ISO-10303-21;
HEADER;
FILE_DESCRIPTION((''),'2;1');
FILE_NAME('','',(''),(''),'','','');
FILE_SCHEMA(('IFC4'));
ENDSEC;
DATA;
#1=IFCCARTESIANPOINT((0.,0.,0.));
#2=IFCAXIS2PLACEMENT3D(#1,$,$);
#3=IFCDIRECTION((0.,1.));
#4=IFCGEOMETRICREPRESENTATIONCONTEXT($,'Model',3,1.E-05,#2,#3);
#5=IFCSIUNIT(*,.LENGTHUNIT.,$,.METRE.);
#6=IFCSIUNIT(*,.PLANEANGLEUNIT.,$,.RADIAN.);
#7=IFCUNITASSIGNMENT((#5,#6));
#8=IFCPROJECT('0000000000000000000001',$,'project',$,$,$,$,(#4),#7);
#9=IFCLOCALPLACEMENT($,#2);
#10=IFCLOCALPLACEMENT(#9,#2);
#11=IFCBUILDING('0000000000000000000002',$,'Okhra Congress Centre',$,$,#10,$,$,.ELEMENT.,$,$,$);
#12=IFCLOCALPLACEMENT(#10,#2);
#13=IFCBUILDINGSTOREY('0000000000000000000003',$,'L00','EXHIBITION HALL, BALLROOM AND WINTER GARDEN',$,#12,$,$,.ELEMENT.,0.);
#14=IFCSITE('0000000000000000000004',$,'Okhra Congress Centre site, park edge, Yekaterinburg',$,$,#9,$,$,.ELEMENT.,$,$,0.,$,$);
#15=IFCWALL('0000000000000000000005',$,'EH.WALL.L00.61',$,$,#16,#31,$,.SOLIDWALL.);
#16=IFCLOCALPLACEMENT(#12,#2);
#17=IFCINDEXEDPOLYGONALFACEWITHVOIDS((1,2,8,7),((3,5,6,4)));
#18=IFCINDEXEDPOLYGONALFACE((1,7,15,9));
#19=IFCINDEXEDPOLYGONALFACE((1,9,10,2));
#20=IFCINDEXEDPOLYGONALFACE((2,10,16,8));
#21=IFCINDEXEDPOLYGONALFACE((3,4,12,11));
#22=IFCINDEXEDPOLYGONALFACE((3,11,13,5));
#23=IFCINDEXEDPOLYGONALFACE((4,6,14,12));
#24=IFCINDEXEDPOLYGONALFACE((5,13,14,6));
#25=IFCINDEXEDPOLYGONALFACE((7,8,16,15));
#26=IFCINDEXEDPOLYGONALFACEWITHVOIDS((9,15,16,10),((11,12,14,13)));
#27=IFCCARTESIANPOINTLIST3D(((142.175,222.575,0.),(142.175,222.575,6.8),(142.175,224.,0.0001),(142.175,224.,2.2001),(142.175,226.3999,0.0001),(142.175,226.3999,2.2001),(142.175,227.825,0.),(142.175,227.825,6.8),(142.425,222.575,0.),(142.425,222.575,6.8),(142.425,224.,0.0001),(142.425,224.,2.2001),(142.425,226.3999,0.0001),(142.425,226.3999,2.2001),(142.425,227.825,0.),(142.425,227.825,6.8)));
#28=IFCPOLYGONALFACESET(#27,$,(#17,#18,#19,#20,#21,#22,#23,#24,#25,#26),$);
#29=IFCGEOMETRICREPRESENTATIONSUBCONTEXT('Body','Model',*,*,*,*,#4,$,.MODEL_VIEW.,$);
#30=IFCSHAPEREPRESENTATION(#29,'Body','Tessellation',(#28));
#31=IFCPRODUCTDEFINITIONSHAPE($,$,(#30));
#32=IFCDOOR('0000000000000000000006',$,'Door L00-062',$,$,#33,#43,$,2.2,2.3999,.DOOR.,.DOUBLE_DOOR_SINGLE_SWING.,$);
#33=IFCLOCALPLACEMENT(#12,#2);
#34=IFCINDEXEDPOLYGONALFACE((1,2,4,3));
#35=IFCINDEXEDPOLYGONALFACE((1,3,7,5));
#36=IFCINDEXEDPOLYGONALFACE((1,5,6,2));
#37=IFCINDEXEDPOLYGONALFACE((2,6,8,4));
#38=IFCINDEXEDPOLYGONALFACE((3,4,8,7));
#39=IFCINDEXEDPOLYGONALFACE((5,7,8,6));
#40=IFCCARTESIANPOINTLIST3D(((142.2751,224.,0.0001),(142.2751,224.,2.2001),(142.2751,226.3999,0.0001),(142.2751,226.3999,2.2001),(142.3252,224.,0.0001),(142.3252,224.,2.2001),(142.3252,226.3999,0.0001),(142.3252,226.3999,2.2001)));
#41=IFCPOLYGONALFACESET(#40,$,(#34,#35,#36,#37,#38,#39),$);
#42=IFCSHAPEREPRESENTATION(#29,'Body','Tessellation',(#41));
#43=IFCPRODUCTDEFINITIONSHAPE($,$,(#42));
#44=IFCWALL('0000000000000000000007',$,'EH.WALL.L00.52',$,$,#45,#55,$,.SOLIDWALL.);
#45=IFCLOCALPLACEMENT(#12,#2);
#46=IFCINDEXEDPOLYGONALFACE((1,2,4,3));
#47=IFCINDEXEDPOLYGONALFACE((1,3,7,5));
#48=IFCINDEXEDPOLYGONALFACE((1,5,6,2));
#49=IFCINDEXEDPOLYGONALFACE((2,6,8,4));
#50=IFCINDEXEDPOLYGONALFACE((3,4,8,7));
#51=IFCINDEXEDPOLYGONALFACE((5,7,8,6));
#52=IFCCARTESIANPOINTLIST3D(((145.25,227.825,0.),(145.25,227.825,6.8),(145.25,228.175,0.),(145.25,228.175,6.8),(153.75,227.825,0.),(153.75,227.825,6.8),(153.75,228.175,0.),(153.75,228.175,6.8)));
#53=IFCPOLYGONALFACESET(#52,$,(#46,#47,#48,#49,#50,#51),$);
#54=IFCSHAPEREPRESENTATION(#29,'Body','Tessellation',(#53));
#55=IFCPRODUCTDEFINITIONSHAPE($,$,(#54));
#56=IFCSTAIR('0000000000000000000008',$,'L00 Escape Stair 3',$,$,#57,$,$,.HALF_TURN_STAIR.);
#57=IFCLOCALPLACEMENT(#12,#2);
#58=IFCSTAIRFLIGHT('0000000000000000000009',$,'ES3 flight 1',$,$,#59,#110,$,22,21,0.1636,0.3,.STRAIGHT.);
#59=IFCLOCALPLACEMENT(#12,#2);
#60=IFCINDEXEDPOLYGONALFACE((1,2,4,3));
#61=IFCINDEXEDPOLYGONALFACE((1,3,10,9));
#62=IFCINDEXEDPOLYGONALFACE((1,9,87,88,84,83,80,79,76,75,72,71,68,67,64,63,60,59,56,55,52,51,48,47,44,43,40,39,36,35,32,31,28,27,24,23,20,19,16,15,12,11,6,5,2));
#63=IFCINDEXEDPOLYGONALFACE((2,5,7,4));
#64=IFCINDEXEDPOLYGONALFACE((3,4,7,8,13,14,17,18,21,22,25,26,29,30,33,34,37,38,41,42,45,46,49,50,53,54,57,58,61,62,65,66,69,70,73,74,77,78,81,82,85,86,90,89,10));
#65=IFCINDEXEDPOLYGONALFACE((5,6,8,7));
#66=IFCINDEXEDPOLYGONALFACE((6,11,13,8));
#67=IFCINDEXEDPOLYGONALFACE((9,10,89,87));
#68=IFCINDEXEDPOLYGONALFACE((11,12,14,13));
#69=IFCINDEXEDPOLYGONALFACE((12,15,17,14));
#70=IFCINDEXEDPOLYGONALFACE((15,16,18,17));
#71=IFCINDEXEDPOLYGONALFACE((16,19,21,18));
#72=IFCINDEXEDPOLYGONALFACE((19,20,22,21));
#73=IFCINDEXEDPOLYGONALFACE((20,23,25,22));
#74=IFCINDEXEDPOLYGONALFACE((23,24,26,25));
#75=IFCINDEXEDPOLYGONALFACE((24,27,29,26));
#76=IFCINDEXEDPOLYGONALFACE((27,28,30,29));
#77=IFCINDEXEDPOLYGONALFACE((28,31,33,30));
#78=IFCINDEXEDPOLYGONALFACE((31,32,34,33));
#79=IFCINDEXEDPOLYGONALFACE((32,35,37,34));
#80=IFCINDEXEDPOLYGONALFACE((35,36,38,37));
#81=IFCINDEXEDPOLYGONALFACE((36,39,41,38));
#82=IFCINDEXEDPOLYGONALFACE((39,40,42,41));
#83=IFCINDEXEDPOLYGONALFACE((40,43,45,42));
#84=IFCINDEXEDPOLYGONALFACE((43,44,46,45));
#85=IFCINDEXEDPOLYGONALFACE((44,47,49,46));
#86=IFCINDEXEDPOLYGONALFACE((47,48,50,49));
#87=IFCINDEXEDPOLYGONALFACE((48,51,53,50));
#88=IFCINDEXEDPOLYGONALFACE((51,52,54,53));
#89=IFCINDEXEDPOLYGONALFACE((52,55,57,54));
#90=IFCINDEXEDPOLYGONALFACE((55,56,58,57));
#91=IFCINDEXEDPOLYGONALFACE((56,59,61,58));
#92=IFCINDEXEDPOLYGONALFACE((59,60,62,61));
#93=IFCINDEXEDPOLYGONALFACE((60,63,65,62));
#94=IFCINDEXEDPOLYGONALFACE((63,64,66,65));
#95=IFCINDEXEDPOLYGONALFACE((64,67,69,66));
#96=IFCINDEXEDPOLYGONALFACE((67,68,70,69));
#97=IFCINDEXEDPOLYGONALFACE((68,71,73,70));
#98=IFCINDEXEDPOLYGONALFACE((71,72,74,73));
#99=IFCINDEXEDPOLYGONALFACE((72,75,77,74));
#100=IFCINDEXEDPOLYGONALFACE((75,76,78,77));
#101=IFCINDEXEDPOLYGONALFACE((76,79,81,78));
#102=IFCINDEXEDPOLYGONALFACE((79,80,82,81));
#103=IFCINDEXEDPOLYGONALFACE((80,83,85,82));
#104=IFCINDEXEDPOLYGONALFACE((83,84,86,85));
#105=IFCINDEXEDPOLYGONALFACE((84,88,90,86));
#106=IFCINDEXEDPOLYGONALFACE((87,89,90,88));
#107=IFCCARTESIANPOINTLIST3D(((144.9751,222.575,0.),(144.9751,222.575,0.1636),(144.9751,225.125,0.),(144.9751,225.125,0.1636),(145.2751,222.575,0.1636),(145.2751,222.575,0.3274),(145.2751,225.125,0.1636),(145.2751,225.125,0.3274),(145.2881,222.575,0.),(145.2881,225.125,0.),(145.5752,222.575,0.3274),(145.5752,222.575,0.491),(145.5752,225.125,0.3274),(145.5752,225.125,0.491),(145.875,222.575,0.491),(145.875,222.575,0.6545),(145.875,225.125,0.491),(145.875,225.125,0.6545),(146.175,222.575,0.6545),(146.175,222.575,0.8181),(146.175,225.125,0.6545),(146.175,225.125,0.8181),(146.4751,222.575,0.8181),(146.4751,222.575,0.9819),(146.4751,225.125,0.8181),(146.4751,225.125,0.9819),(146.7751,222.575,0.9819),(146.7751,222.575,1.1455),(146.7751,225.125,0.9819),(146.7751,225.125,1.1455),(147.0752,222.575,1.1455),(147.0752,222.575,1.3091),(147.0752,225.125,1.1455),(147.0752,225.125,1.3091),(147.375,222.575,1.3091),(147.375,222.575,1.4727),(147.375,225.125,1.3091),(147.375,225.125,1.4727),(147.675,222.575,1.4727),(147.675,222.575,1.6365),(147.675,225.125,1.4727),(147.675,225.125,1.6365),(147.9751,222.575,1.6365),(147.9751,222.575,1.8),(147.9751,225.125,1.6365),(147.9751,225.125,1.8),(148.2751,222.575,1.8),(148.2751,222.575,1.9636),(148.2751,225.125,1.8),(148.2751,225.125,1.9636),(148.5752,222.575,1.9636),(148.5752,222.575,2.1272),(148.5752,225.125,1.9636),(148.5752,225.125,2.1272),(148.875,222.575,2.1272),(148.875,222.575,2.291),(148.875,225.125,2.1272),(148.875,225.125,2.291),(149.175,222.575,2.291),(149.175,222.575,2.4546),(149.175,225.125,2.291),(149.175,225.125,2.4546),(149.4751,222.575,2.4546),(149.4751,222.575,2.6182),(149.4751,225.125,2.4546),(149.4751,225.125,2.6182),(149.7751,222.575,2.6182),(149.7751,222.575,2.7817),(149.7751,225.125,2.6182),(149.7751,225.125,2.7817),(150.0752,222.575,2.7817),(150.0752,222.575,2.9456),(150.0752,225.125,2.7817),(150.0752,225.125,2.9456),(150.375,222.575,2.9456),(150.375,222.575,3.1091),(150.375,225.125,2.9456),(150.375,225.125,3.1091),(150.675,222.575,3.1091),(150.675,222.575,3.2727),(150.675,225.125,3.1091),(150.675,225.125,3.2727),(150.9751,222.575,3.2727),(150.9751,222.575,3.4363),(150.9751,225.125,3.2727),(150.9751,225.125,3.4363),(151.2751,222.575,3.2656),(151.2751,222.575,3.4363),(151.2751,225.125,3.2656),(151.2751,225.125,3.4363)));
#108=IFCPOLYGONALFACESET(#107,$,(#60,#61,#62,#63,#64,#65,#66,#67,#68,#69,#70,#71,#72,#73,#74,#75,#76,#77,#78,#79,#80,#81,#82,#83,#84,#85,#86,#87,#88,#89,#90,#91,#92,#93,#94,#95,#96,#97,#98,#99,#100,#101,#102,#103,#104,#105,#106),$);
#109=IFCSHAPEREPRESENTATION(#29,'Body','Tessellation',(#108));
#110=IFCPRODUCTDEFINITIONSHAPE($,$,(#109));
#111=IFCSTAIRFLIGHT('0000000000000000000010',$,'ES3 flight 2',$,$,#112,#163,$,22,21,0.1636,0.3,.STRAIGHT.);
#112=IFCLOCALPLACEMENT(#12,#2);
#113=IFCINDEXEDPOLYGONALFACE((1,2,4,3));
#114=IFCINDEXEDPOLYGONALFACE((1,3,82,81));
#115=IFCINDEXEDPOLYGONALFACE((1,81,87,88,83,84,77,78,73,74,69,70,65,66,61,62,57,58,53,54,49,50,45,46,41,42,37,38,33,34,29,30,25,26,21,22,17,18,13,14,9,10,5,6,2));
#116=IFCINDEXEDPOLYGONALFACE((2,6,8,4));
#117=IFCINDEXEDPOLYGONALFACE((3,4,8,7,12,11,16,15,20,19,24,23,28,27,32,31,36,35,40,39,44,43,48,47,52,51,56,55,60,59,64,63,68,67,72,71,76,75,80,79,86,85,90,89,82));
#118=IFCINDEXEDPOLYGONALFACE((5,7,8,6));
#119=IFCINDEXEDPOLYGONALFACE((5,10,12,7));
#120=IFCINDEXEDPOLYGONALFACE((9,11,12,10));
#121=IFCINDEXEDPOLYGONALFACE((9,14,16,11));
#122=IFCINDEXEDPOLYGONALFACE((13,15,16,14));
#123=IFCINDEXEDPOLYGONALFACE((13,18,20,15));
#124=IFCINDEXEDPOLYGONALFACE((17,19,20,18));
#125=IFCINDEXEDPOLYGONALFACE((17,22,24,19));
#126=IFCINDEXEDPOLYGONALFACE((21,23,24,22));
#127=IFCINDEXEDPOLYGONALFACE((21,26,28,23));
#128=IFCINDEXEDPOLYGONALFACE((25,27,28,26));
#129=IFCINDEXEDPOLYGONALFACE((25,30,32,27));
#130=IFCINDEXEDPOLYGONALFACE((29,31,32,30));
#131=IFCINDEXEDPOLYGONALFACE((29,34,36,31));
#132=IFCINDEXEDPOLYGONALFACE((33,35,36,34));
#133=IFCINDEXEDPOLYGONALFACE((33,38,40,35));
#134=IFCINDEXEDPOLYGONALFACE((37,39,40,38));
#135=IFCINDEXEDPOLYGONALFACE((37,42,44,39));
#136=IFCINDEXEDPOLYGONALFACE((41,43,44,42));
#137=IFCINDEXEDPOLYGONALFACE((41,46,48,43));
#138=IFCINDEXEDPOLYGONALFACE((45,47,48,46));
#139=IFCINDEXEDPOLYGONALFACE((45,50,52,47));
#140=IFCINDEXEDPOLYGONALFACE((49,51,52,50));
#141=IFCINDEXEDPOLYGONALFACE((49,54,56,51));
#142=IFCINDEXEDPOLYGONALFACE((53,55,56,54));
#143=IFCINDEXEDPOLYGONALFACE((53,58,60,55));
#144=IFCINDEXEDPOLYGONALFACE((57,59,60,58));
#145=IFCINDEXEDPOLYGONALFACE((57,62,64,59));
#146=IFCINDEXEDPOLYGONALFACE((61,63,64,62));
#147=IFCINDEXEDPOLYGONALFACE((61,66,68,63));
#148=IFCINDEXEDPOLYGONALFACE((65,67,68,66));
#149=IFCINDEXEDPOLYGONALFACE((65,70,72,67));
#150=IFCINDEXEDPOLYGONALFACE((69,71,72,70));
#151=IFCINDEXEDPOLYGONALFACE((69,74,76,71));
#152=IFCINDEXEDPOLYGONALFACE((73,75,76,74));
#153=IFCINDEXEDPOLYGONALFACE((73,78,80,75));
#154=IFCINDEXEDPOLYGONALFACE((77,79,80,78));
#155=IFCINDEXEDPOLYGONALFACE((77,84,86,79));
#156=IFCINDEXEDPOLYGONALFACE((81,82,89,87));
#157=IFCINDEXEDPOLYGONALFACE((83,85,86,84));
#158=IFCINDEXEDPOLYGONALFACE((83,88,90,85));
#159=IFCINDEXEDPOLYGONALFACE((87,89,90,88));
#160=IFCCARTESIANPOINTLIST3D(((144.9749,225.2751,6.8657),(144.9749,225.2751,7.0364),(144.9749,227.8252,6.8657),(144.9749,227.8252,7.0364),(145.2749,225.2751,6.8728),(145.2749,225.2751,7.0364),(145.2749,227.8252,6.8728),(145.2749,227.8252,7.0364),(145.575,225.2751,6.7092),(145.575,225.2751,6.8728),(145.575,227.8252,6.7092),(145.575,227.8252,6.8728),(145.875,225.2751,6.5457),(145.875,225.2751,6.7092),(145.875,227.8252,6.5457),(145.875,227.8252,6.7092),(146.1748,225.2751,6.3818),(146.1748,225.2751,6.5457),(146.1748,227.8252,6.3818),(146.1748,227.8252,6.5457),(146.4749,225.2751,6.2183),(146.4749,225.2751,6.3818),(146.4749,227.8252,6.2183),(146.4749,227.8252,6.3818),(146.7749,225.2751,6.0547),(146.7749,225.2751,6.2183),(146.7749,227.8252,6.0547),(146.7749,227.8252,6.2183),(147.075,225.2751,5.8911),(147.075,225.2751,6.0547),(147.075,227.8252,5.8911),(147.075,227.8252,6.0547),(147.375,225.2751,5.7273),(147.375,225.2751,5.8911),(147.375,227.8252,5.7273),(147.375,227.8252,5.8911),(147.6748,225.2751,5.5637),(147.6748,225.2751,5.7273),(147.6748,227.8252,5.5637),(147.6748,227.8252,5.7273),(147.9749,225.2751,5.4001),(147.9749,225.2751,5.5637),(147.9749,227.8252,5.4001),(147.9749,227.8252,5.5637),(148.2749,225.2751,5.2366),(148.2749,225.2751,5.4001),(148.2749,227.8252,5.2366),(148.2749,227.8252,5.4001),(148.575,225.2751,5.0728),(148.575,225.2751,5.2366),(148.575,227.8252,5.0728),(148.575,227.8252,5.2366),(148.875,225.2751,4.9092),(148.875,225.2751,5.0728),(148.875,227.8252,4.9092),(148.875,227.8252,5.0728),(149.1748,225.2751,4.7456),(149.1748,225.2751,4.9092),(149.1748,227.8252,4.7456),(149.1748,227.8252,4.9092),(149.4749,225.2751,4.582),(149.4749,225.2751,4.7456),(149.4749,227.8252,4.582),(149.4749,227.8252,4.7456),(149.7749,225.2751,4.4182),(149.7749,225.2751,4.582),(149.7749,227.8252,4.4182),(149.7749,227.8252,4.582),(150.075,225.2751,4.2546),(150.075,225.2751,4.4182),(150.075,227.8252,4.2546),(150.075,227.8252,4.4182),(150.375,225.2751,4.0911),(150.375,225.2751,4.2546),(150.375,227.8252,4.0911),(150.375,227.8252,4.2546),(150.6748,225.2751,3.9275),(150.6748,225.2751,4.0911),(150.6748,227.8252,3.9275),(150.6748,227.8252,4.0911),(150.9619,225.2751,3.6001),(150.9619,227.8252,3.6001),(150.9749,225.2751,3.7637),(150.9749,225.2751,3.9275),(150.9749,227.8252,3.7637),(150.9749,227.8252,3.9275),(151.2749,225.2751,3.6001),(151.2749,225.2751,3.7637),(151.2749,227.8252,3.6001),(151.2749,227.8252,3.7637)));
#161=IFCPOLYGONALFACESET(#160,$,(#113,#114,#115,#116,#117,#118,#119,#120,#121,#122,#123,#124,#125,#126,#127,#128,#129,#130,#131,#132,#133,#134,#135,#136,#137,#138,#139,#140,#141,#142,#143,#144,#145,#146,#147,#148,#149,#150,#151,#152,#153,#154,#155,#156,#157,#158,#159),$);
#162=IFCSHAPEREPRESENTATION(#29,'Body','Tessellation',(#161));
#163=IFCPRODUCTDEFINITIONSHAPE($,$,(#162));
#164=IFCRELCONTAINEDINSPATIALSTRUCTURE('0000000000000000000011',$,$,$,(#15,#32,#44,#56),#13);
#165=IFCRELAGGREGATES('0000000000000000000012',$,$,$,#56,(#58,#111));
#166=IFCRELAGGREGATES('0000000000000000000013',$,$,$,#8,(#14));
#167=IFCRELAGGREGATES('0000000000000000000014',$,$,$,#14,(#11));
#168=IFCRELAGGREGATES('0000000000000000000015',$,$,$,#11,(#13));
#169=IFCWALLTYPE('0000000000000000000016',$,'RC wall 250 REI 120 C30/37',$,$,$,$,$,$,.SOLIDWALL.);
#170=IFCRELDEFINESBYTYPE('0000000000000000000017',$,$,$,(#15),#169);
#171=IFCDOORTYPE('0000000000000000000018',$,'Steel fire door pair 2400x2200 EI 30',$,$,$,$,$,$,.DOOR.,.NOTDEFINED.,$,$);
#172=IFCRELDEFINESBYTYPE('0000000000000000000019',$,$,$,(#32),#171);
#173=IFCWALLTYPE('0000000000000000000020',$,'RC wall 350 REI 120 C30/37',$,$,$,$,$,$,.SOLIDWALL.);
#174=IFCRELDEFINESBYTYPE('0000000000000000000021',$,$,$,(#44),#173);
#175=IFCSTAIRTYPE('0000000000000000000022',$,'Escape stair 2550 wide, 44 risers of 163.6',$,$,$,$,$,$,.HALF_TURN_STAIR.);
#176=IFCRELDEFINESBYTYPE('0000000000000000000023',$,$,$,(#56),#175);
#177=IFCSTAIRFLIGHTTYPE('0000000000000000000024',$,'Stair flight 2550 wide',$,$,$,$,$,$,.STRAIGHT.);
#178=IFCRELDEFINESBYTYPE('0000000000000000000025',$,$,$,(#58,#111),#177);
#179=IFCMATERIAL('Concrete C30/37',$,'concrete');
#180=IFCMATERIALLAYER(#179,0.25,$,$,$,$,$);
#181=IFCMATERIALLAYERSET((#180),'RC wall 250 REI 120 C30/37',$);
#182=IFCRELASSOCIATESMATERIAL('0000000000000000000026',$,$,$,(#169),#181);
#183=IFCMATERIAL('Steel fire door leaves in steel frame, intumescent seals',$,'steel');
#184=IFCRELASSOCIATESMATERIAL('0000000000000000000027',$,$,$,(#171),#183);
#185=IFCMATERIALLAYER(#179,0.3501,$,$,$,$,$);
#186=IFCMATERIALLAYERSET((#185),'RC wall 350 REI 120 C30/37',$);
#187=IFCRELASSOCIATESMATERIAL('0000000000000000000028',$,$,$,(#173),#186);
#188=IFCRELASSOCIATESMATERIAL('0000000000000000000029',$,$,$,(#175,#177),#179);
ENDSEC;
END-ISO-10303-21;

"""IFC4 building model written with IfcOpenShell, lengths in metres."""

from ifc_helpers import new_model, si_unit, direction, frame, frame_2d, origin, place, context, subcontext, project, spatial, polyline, rectangle, outline, extrude, material, layer, layer_set, type_object, element, fill, aggregate, save


model = new_model("IFC4")

# Units and contexts
model_context = context("Model", 3, precision=1e-05, world=origin(), true_north=direction((0.0, 1.0)))
body_context = subcontext(model_context, "Body", "Model", "MODEL_VIEW")
ifc_project = project(units=[si_unit("LENGTHUNIT", "METRE"), si_unit("PLANEANGLEUNIT", "RADIAN")], contexts=[model_context])

# Site, building, storey
site_placement = place(None, origin())
site = spatial("IfcSite", under=ifc_project, at=site_placement, Name="Okhra Congress Centre site, park edge, Yekaterinburg", CompositionType="ELEMENT", RefElevation=0.0)
building_placement = place(site_placement, origin())
building = spatial("IfcBuilding", under=site, at=building_placement, Name="Okhra Congress Centre", CompositionType="ELEMENT")
storey_placement = place(building_placement, origin())
storey = spatial("IfcBuildingStorey", under=building, at=storey_placement, Name="L00", Description="EXHIBITION HALL, BALLROOM AND WINTER GARDEN", CompositionType="ELEMENT", Elevation=0.0)

# Shared definitions
ifc_material_1 = material(Name="Concrete C30/37", Category="concrete")

# Wall, opening, door
ifc_layer_1 = layer(ifc_material_1, 0.25)
ifc_layer_set_1 = layer_set([ifc_layer_1], Name="RC wall 250 REI 120 C30/37")
wall_type_1 = type_object("IfcWallType", Name="RC wall 250 REI 120 C30/37", PredefinedType="SOLIDWALL", material=ifc_layer_set_1)
wall_1_placement = place(storey_placement, frame((142.3, 222.575, 0.0), z_axis=(0.0, 0.0, 1.0), x_axis=(0.0, 1.0, 0.0)))
wall_1 = element("IfcWall", 1, at=wall_1_placement, inside=storey, type_object=wall_type_1, Name="EH.WALL.L00.61", PredefinedType="SOLIDWALL", context=body_context, shape_type="SweptSolid", body=[
    extrude(rectangle(XDim=5.25, YDim=0.25, at=frame_2d((2.625, 0.0))), origin(), (0.0, 0.0, 1.0), 6.8),
])
opening_placement = place(wall_1_placement, frame((1.425, 0.0, 0.0)))
opening = element("IfcOpeningElement", 2, at=opening_placement, cuts=wall_1, PredefinedType="OPENING", context=body_context, shape_type="SweptSolid", body=[
    extrude(rectangle(XDim=2.3999, YDim=2.2, at=frame_2d((1.2, 1.1001))), frame((0.0, 0.135, 0.0), z_axis=(0.0, -1.0, 0.0), x_axis=(1.0, 0.0, 0.0)), (0.0, 0.0, 1.0), 0.27),
])
ifc_material_2 = material(Name="Steel fire door leaves in steel frame, intumescent seals", Category="steel")
door_type = type_object("IfcDoorType", Name="Steel fire door pair 2400x2200 EI 30", OperationType="NOTDEFINED", PredefinedType="DOOR", material=ifc_material_2)
door_placement = place(opening_placement, origin())
door = element("IfcDoor", 3, at=door_placement, inside=storey, type_object=door_type, Name="Door L00-062", OperationType="DOUBLE_DOOR_SINGLE_SWING", OverallHeight=2.2, OverallWidth=2.3999, PredefinedType="DOOR", context=body_context, shape_type="SweptSolid", body=[
    extrude(rectangle(XDim=2.3999, YDim=2.2, at=frame_2d((1.2, 1.1001))), frame((0.0, 0.0249, 0.0), z_axis=(0.0, -1.0, 0.0), x_axis=(1.0, 0.0, 0.0)), (0.0, 0.0, 1.0), 0.05),
])
fill(opening, door)

# Wall
ifc_layer_2 = layer(ifc_material_1, 0.3501)
ifc_layer_set_2 = layer_set([ifc_layer_2], Name="RC wall 350 REI 120 C30/37")
wall_type_2 = type_object("IfcWallType", Name="RC wall 350 REI 120 C30/37", PredefinedType="SOLIDWALL", material=ifc_layer_set_2)
wall_2_placement = place(storey_placement, frame((145.25, 228.0, 0.0), z_axis=(0.0, 0.0, 1.0), x_axis=(1.0, 0.0, 0.0)))
element("IfcWall", 4, at=wall_2_placement, inside=storey, type_object=wall_type_2, Name="EH.WALL.L00.52", PredefinedType="SOLIDWALL", context=body_context, shape_type="SweptSolid", body=[
    extrude(rectangle(XDim=8.5, YDim=0.3501, at=frame_2d((4.25, 0.0))), origin(), (0.0, 0.0, 1.0), 6.8),
])

# Stair, stair flights
stair_type = type_object("IfcStairType", Name="Escape stair 2550 wide, 44 risers of 163.6", PredefinedType="HALF_TURN_STAIR", material=ifc_material_1)
stair_placement = place(storey_placement, origin())
stair = element("IfcStair", 5, at=stair_placement, inside=storey, type_object=stair_type, Name="L00 Escape Stair 3", PredefinedType="HALF_TURN_STAIR")
stair_flight_type = type_object("IfcStairFlightType", Name="Stair flight 2550 wide", PredefinedType="STRAIGHT", material=ifc_material_1)
stair_flight_1_placement = place(storey_placement, frame((144.9751, 223.8501, 0.0), z_axis=(0.0, 0.0, 1.0), x_axis=(1.0, 0.0, 0.0)))
stair_flight_1 = element("IfcStairFlight", 6, at=stair_flight_1_placement, type_object=stair_flight_type, Name="ES3 flight 1", NumberOfRisers=22, NumberOfTreads=21, PredefinedType="STRAIGHT", RiserHeight=0.1636, TreadLength=0.3, context=body_context, shape_type="SweptSolid", body=[
    extrude(outline(polyline([(0.0, 0.0), (0.0, 0.1636), (0.3, 0.1636), (0.3, 0.3274), (0.6001, 0.3274), (0.6001, 0.491), (0.8999, 0.491), (0.8999, 0.6545), (1.2, 0.6545), (1.2, 0.8181), (1.5, 0.8181), (1.5, 0.9819), (1.8, 0.9819), (1.8, 1.1455), (2.1001, 1.1455), (2.1001, 1.3091), (2.3999, 1.3091), (2.3999, 1.4727), (2.7, 1.4727), (2.7, 1.6365), (3.0, 1.6365), (3.0, 1.8), (3.3, 1.8), (3.3, 1.9636), (3.6001, 1.9636), (3.6001, 2.1272), (3.8999, 2.1272), (3.8999, 2.291), (4.2, 2.291), (4.2, 2.4546), (4.5, 2.4546), (4.5, 2.6182), (4.8, 2.6182), (4.8, 2.7817), (5.1001, 2.7817), (5.1001, 2.9456), (5.3999, 2.9456), (5.3999, 3.1091), (5.7, 3.1091), (5.7, 3.2727), (6.0, 3.2727), (6.0, 3.4363), (6.3, 3.4363), (6.3, 3.6001), (6.3, 3.2656), (0.313, 0.0), (0.0, 0.0)])), frame((0.0, 1.2749, 0.0), z_axis=(0.0, -1.0, 0.0), x_axis=(1.0, 0.0, 0.0)), (0.0, 0.0, 1.0), 2.55),
])
stair_flight_2_placement = place(storey_placement, frame((151.2749, 226.55, 3.6001), z_axis=(0.0, 0.0, 1.0), x_axis=(-1.0, 0.0, 0.0)))
stair_flight_2 = element("IfcStairFlight", 7, at=stair_flight_2_placement, type_object=stair_flight_type, Name="ES3 flight 2", NumberOfRisers=22, NumberOfTreads=21, PredefinedType="STRAIGHT", RiserHeight=0.1636, TreadLength=0.3, context=body_context, shape_type="SweptSolid", body=[
    extrude(outline(polyline([(0.0, 0.0), (0.0, 0.1636), (0.3, 0.1636), (0.3, 0.3274), (0.6001, 0.3274), (0.6001, 0.491), (0.8999, 0.491), (0.8999, 0.6545), (1.2, 0.6545), (1.2, 0.8181), (1.5, 0.8181), (1.5, 0.9819), (1.8, 0.9819), (1.8, 1.1455), (2.1001, 1.1455), (2.1001, 1.3091), (2.3999, 1.3091), (2.3999, 1.4727), (2.7, 1.4727), (2.7, 1.6365), (3.0, 1.6365), (3.0, 1.8), (3.3, 1.8), (3.3, 1.9636), (3.6001, 1.9636), (3.6001, 2.1272), (3.8999, 2.1272), (3.8999, 2.291), (4.2, 2.291), (4.2, 2.4546), (4.5, 2.4546), (4.5, 2.6182), (4.8, 2.6182), (4.8, 2.7817), (5.1001, 2.7817), (5.1001, 2.9456), (5.3999, 2.9456), (5.3999, 3.1091), (5.7, 3.1091), (5.7, 3.2727), (6.0, 3.2727), (6.0, 3.4363), (6.3, 3.4363), (6.3, 3.6001), (6.3, 3.2656), (0.313, 0.0), (0.0, 0.0)])), frame((0.0, 1.2749, 0.0), z_axis=(0.0, -1.0, 0.0), x_axis=(1.0, 0.0, 0.0)), (0.0, 0.0, 1.0), 2.55),
])
aggregate(stair, [stair_flight_1, stair_flight_2])

save(model, "model.ifc")
